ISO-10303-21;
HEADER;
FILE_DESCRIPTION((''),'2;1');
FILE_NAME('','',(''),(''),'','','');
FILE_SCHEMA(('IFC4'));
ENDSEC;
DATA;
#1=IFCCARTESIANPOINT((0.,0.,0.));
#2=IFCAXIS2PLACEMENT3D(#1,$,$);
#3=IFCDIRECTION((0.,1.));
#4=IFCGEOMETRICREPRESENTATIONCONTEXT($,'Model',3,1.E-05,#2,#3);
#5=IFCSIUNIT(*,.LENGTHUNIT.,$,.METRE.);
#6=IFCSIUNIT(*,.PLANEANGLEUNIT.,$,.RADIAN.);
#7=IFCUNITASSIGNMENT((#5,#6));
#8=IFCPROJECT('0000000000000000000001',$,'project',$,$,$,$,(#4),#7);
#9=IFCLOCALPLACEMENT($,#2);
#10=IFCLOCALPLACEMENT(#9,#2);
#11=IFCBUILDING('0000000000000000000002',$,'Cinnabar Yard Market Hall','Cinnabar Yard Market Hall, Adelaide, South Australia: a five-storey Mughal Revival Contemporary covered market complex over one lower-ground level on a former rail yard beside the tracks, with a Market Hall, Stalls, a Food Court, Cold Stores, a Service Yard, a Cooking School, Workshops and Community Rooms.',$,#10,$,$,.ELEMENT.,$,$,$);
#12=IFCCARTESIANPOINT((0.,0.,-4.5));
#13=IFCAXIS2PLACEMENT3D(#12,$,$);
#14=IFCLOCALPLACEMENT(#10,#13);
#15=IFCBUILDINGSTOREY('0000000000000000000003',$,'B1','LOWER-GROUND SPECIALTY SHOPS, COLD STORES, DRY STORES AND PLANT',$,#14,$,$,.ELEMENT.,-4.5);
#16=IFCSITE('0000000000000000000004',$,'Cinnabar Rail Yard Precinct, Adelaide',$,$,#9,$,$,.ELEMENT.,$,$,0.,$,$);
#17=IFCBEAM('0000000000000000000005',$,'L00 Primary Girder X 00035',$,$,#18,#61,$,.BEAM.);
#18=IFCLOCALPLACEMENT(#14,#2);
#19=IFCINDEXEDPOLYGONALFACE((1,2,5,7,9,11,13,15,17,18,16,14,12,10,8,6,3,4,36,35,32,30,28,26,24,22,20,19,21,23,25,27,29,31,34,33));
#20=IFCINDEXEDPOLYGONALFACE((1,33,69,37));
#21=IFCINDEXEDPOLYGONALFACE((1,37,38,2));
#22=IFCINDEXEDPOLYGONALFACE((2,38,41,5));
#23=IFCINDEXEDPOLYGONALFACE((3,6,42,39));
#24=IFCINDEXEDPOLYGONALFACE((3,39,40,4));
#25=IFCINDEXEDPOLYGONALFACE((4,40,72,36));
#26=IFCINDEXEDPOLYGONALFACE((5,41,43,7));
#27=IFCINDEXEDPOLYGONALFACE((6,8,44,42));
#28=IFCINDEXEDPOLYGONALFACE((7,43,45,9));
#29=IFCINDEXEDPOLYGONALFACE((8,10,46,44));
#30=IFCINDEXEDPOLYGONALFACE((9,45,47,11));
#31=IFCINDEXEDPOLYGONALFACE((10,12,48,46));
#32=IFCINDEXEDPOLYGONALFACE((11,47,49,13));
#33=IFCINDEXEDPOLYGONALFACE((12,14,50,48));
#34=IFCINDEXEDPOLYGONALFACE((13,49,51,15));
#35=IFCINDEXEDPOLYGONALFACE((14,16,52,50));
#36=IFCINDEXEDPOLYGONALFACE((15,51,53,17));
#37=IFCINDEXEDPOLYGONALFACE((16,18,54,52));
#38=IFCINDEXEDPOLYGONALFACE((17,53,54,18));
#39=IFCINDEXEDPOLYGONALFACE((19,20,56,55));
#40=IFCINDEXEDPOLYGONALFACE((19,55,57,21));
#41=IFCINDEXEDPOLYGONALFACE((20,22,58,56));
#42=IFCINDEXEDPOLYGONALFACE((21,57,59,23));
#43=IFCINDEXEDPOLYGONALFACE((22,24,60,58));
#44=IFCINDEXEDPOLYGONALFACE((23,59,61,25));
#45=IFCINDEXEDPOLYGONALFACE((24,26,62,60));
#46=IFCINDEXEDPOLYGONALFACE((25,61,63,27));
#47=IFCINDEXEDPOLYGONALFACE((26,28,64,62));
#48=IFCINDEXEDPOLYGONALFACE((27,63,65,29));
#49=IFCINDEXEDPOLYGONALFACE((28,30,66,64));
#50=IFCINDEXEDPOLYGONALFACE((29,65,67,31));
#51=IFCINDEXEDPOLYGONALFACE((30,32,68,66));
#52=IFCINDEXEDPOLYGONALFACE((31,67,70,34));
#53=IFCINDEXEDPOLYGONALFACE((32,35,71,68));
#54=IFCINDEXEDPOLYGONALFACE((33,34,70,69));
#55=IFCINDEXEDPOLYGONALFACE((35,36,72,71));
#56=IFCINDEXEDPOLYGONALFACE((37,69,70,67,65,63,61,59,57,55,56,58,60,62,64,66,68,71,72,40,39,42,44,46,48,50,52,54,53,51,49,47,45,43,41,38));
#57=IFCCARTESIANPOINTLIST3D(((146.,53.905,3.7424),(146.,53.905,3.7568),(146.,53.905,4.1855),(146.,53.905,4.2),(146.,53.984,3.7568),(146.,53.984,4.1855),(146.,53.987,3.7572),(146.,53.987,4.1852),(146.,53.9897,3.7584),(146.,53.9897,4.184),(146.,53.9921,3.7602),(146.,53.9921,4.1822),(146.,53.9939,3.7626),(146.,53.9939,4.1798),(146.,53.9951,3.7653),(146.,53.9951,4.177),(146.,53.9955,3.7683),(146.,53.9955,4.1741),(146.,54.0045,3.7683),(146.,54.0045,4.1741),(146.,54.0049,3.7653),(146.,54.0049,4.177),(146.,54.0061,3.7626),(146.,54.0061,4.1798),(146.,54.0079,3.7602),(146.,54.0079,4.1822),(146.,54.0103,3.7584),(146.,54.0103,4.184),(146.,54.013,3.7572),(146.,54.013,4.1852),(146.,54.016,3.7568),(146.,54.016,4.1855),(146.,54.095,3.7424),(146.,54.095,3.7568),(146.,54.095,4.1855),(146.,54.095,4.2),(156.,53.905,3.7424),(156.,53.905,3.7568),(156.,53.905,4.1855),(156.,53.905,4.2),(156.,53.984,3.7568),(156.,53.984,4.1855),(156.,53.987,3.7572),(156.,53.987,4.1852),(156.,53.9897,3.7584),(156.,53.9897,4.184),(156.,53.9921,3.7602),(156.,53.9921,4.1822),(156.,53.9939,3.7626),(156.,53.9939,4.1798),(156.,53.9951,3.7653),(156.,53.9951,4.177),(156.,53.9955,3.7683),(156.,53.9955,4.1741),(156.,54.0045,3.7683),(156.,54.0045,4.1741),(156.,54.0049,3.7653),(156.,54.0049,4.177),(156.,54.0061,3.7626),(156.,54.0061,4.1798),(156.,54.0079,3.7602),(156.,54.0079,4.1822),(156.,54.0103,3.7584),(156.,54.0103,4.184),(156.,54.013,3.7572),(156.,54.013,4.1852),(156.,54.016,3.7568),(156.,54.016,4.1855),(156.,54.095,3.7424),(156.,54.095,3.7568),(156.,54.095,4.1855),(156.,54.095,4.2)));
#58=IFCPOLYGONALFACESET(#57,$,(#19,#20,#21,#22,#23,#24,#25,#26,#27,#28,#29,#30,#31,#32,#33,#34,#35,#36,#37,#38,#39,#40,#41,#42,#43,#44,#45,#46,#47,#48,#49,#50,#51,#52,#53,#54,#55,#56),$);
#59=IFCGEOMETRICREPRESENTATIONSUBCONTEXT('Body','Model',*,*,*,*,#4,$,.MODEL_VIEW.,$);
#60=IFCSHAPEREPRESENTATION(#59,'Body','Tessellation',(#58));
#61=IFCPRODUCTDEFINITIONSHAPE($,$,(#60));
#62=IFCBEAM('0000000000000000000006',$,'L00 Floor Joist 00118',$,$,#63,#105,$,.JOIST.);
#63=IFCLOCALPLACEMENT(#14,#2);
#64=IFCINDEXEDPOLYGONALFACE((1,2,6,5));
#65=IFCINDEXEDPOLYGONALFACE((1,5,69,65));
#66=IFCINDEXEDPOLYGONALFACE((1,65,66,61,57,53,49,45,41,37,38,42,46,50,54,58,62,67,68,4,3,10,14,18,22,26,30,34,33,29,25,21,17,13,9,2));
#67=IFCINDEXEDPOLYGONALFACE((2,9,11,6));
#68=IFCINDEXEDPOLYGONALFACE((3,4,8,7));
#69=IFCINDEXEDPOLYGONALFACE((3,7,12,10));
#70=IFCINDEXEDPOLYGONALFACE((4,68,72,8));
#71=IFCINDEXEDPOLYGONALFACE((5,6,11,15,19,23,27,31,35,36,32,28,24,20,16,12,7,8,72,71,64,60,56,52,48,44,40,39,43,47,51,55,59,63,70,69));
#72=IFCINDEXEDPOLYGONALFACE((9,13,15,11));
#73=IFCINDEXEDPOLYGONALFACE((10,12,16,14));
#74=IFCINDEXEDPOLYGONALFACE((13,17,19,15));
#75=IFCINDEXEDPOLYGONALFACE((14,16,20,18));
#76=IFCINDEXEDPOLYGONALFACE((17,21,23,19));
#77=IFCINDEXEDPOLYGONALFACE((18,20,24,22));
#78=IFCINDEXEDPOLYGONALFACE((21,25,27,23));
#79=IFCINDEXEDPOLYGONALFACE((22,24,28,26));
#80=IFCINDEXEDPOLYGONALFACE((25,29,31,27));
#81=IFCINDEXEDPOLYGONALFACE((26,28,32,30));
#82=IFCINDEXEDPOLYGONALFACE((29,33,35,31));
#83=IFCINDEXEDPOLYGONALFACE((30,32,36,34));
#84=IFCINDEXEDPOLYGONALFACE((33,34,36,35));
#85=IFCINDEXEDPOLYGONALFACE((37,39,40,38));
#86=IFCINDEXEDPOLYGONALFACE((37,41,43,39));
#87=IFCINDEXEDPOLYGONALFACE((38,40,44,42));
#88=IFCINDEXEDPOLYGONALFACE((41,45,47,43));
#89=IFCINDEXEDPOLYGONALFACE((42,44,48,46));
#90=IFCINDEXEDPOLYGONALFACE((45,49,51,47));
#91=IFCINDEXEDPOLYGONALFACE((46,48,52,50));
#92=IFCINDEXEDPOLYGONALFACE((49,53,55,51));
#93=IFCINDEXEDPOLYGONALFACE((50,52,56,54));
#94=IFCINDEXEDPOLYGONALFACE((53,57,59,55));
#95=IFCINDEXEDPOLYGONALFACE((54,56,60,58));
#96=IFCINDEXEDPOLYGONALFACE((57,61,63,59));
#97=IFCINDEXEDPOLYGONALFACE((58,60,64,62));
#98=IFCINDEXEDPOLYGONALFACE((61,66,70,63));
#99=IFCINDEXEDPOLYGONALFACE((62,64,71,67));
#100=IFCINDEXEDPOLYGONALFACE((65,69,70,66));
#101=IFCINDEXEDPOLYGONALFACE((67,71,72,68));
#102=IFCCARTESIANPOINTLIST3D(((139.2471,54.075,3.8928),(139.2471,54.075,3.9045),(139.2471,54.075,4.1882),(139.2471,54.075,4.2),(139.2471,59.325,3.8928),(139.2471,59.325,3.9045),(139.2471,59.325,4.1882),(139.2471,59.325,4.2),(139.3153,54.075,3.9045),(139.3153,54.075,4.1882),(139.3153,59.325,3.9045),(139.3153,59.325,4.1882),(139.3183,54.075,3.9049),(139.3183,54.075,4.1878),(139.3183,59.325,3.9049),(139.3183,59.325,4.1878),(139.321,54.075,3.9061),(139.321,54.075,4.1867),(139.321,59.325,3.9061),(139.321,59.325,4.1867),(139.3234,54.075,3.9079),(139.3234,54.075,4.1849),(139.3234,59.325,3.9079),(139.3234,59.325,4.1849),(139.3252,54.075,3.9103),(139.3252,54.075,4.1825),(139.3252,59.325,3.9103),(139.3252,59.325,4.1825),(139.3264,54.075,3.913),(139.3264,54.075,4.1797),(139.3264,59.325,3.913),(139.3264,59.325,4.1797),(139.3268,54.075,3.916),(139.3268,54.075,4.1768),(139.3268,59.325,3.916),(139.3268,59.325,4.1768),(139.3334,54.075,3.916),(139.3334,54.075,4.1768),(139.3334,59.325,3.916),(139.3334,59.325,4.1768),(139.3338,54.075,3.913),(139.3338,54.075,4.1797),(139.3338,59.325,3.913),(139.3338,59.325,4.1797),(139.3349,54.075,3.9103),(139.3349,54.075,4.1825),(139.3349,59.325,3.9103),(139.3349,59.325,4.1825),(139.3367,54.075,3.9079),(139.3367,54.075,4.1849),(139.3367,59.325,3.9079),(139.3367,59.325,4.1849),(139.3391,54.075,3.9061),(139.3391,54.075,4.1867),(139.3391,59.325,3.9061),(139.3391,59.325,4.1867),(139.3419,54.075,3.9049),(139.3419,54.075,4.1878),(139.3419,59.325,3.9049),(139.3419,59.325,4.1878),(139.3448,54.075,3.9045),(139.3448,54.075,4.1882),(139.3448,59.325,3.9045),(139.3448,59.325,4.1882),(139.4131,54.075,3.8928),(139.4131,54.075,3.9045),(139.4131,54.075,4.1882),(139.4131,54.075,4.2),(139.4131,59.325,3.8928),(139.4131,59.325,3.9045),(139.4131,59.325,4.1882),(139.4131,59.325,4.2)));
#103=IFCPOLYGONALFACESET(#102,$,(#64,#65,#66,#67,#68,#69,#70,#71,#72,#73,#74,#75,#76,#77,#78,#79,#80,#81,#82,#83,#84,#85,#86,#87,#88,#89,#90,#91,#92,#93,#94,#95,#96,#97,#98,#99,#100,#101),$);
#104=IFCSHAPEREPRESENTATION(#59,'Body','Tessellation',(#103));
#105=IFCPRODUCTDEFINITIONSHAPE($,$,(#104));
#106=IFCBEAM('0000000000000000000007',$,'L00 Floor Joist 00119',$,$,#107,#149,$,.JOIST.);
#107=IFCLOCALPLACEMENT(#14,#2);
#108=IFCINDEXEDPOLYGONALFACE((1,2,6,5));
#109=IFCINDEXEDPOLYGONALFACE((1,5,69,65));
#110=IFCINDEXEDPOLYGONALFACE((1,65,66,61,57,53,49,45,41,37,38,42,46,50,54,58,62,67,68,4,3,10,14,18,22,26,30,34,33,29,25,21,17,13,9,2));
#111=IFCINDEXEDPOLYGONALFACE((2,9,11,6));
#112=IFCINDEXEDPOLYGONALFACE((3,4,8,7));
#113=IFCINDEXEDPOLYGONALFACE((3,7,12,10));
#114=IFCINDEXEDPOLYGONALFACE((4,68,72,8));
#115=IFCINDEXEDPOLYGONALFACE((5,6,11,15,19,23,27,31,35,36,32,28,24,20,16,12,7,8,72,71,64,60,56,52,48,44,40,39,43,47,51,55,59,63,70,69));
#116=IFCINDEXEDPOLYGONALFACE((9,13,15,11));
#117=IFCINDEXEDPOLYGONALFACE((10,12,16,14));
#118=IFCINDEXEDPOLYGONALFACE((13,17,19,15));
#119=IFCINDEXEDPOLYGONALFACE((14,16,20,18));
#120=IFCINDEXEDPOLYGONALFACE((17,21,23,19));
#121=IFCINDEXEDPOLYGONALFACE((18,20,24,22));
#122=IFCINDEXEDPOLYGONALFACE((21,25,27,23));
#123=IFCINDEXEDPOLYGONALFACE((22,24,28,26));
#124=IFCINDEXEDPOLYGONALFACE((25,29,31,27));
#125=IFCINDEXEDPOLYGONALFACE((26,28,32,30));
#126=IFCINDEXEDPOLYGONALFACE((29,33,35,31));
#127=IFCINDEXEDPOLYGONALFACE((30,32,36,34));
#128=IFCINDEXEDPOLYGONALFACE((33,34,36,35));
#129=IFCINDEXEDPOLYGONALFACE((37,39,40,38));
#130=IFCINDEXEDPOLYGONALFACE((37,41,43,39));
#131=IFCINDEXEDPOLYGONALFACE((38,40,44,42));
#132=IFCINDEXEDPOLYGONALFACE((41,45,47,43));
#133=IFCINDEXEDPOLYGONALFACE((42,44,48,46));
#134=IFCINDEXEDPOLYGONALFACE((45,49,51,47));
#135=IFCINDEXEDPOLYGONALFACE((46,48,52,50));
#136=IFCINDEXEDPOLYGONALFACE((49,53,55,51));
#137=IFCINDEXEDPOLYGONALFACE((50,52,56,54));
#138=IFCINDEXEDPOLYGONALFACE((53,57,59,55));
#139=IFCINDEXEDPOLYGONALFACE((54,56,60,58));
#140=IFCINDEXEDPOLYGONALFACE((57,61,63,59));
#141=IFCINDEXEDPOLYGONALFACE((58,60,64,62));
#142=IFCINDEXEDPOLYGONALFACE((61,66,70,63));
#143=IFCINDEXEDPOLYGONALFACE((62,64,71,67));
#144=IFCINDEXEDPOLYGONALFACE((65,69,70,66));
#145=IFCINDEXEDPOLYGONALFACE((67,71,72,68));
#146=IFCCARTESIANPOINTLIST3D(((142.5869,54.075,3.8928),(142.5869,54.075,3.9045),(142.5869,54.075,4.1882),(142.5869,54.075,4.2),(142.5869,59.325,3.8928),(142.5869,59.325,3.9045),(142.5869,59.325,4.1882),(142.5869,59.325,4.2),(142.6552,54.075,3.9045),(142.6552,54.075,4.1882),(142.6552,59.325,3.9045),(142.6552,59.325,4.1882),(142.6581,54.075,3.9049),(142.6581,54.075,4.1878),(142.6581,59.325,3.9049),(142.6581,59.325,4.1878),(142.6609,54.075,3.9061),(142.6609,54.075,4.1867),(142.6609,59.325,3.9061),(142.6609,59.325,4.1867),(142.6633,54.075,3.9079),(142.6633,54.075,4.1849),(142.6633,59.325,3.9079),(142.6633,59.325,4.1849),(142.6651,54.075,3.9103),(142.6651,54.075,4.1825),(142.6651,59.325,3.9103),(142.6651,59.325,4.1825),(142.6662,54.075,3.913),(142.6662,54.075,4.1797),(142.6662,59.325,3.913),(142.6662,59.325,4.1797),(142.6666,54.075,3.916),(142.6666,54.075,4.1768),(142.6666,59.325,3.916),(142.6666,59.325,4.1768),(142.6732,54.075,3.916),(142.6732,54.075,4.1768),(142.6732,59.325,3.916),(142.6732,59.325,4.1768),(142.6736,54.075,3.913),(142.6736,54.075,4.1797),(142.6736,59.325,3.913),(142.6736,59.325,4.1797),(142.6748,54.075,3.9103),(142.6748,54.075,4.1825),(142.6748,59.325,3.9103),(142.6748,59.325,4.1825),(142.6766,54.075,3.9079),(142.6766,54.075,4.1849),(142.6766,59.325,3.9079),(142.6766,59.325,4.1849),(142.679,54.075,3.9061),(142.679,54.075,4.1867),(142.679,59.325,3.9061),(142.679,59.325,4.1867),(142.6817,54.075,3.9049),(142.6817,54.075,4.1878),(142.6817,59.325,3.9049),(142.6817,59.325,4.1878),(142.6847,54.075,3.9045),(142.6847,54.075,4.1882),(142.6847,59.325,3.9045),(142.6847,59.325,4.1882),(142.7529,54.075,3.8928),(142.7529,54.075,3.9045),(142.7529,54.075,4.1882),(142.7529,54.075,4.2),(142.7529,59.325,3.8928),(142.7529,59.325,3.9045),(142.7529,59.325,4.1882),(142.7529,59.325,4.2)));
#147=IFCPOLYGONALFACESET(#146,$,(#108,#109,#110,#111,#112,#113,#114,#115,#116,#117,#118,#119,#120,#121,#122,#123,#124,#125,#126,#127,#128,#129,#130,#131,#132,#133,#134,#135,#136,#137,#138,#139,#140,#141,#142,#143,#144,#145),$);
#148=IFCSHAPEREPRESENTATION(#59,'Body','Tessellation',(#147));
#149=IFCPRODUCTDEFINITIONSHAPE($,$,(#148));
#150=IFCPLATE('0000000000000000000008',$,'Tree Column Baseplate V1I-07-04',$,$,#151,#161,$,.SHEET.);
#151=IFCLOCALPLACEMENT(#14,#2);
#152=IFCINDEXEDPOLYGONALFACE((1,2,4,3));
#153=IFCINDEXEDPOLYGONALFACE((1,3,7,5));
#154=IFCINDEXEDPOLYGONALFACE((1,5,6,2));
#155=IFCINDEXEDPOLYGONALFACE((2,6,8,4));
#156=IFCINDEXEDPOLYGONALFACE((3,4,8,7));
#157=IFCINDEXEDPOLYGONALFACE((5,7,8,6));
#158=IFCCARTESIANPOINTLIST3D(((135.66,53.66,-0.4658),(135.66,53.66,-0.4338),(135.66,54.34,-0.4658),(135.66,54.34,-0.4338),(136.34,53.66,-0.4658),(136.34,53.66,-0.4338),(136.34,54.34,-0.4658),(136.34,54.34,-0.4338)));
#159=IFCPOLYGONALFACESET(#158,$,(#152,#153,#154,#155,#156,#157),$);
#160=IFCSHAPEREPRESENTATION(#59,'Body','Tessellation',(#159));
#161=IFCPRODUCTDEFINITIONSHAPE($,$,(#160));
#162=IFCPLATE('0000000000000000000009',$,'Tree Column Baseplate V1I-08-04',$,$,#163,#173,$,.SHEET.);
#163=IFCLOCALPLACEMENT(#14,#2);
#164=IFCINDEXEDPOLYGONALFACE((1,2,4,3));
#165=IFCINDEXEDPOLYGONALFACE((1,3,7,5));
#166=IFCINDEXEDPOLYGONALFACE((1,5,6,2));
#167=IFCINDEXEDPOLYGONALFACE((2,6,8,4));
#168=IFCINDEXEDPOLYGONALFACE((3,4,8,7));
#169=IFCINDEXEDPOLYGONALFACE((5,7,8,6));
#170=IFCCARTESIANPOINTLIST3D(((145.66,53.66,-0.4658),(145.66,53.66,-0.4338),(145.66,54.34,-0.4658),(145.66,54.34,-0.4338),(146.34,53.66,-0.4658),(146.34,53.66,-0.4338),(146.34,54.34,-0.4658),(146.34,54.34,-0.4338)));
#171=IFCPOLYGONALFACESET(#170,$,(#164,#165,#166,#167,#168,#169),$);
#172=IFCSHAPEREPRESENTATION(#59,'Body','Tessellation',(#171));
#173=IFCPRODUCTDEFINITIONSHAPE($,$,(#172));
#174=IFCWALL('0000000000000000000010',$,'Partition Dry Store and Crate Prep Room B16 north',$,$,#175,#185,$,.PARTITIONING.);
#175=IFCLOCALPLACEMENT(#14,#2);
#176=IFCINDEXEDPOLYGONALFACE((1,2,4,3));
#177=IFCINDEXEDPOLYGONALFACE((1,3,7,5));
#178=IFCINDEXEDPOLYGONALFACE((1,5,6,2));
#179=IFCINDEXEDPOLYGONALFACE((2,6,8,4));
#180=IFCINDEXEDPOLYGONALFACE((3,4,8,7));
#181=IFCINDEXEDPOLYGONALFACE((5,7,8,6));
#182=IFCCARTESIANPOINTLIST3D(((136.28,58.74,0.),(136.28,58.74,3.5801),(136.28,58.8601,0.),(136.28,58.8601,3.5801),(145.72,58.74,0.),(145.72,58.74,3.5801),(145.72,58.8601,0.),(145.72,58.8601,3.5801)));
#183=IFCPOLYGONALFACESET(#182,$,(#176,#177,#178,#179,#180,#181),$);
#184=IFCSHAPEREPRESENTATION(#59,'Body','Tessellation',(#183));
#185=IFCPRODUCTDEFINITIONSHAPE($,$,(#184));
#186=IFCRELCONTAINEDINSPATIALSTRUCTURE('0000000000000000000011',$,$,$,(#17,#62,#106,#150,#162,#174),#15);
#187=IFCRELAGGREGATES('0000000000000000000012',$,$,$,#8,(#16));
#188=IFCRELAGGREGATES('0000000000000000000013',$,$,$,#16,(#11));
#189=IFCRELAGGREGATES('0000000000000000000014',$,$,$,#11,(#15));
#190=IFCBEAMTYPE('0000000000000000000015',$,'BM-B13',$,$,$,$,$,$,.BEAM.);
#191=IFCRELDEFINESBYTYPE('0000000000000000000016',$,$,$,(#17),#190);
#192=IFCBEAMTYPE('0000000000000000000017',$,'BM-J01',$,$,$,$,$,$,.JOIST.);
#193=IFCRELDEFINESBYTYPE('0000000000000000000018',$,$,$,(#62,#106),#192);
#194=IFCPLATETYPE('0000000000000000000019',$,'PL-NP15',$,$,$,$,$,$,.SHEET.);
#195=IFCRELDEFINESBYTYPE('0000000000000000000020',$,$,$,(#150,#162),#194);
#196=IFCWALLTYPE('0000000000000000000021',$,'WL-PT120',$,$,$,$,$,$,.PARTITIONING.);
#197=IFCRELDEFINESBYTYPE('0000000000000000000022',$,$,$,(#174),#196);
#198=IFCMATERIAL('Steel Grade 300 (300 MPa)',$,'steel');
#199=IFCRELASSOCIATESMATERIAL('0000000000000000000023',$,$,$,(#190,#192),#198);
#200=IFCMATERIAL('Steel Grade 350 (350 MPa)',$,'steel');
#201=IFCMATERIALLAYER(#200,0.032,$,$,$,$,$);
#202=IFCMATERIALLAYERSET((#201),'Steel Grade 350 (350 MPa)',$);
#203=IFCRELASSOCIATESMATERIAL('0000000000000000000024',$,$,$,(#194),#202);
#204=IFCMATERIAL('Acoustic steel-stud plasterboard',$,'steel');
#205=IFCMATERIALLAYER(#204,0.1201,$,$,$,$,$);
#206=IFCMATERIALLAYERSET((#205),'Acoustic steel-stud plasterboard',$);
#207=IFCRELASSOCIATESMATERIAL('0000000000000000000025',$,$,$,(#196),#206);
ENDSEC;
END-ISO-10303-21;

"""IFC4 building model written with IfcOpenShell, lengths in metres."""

from ifc_helpers import new_model, si_unit, direction, frame, frame_2d, origin, origin_2d_with_axis, place, context, subcontext, project, spatial, rectangle, i_section, extrude, material, layer, layer_set, material_profile, profile_set, type_object, element, save


model = new_model("IFC4")

# Units and contexts
model_context = context("Model", 3, precision=1e-05, world=origin(), true_north=direction((0.0, 1.0)))
body_context = subcontext(model_context, "Body", "Model", "MODEL_VIEW")
ifc_project = project(units=[si_unit("LENGTHUNIT", "METRE"), si_unit("PLANEANGLEUNIT", "RADIAN")], contexts=[model_context])

# Site, building, storey
site_placement = place(None, origin())
site = spatial("IfcSite", under=ifc_project, at=site_placement, Name="Cinnabar Rail Yard Precinct, Adelaide", CompositionType="ELEMENT", RefElevation=0.0)
building_placement = place(site_placement, origin())
building = spatial("IfcBuilding", under=site, at=building_placement, Name="Cinnabar Yard Market Hall", Description="Cinnabar Yard Market Hall, Adelaide, South Australia: a five-storey Mughal Revival Contemporary covered market complex over one lower-ground level on a former rail yard beside the tracks, with a Market Hall, Stalls, a Food Court, Cold Stores, a Service Yard, a Cooking School, Workshops and Community Rooms.", CompositionType="ELEMENT")
storey_placement = place(building_placement, frame((0.0, 0.0, -4.5)))
storey = spatial("IfcBuildingStorey", under=building, at=storey_placement, Name="B1", Description="LOWER-GROUND SPECIALTY SHOPS, COLD STORES, DRY STORES AND PLANT", CompositionType="ELEMENT", Elevation=-4.5)

# Beams
ifc_material_1 = material(Name="Steel Grade 300 (300 MPa)", Category="steel")
ifc_material_profile_1 = material_profile(ifc_material_1, i_section(OverallWidth=0.1899, OverallDepth=0.4575, WebThickness=0.009, FlangeThickness=0.0144, FilletRadius=0.0115, at=origin_2d_with_axis()), Name="460UB74.6")
ifc_profile_set_1 = profile_set([ifc_material_profile_1], Name="Steel Grade 300 (300 MPa)")
beam_type_1 = type_object("IfcBeamType", Name="BM-B13", PredefinedType="BEAM", material=ifc_profile_set_1)
beam_1_placement = place(storey_placement, frame((146.0, 54.0, 3.9712), z_axis=(1.0, 0.0, 0.0), x_axis=(0.0, 1.0, 0.0)))
element("IfcBeam", 1, at=beam_1_placement, inside=storey, type_object=beam_type_1, Name="L00 Primary Girder X 00035", PredefinedType="BEAM", context=body_context, shape_type="SweptSolid", body=[
    extrude(i_section(OverallWidth=0.1899, OverallDepth=0.4575, WebThickness=0.009, FlangeThickness=0.0144, FilletRadius=0.0115, at=origin_2d_with_axis()), origin(), (0.0, 0.0, 1.0), 10.0),
])
ifc_material_profile_2 = material_profile(ifc_material_1, i_section(OverallWidth=0.166, OverallDepth=0.3071, WebThickness=0.0066, FlangeThickness=0.0117, FilletRadius=0.0115, at=origin_2d_with_axis()), Name="310UB46.2")
ifc_profile_set_2 = profile_set([ifc_material_profile_2], Name="Steel Grade 300 (300 MPa)")
beam_type_2 = type_object("IfcBeamType", Name="BM-J01", PredefinedType="JOIST", material=ifc_profile_set_2)
for number, where, z_axis, x_axis, name in (
    (2, (139.3301, 54.075, 4.0464), (0.0, 1.0, 0.0), (-1.0, 0.0, 0.0), "L00 Floor Joist 00118"),
    (3, (142.6699, 54.075, 4.0464), (0.0, 1.0, 0.0), (-1.0, 0.0, 0.0), "L00 Floor Joist 00119"),
):
    element("IfcBeam", number, at=place(storey_placement, frame(where, z_axis=z_axis, x_axis=x_axis)), inside=storey, type_object=beam_type_2, Name=name, PredefinedType="JOIST", context=body_context, shape_type="SweptSolid", body=[
        extrude(i_section(OverallWidth=0.166, OverallDepth=0.3071, WebThickness=0.0066, FlangeThickness=0.0117, FilletRadius=0.0115, at=origin_2d_with_axis()), origin(), (0.0, 0.0, 1.0), 5.25),
    ])

# Plates
ifc_material_2 = material(Name="Steel Grade 350 (350 MPa)", Category="steel")
ifc_layer_1 = layer(ifc_material_2, 0.032)
ifc_layer_set_1 = layer_set([ifc_layer_1], Name="Steel Grade 350 (350 MPa)")
plate_type = type_object("IfcPlateType", Name="PL-NP15", PredefinedType="SHEET", material=ifc_layer_set_1)
for number, where, z_axis, x_axis, name in (
    (4, (136.0, 54.0, -0.4658), (0.0, 0.0, 1.0), (1.0, 0.0, 0.0), "Tree Column Baseplate V1I-07-04"),
    (5, (146.0, 54.0, -0.4658), (0.0, 0.0, 1.0), (1.0, 0.0, 0.0), "Tree Column Baseplate V1I-08-04"),
):
    element("IfcPlate", number, at=place(storey_placement, frame(where, z_axis=z_axis, x_axis=x_axis)), inside=storey, type_object=plate_type, Name=name, PredefinedType="SHEET", context=body_context, shape_type="SweptSolid", body=[
        extrude(rectangle(XDim=0.6799, YDim=0.6799, at=origin_2d_with_axis()), origin(), (0.0, 0.0, 1.0), 0.032),
    ])

# Wall
ifc_material_3 = material(Name="Acoustic steel-stud plasterboard", Category="steel")
ifc_layer_2 = layer(ifc_material_3, 0.1201)
ifc_layer_set_2 = layer_set([ifc_layer_2], Name="Acoustic steel-stud plasterboard")
wall_type_1 = type_object("IfcWallType", Name="WL-PT120", PredefinedType="PARTITIONING", material=ifc_layer_set_2)
wall_1_placement = place(storey_placement, frame((145.72, 58.8, 0.0), z_axis=(0.0, 0.0, 1.0), x_axis=(-1.0, 0.0, 0.0)))
element("IfcWall", 6, at=wall_1_placement, inside=storey, type_object=wall_type_1, Name="Partition Dry Store and Crate Prep Room B16 north", PredefinedType="PARTITIONING", context=body_context, shape_type="SweptSolid", body=[
    extrude(rectangle(XDim=9.4399, YDim=0.1201, at=frame_2d((4.72, 0.0), x_axis=(1.0, 0.0))), origin(), (0.0, 0.0, 1.0), 3.5801),
])

save(model, "model.ifc")
